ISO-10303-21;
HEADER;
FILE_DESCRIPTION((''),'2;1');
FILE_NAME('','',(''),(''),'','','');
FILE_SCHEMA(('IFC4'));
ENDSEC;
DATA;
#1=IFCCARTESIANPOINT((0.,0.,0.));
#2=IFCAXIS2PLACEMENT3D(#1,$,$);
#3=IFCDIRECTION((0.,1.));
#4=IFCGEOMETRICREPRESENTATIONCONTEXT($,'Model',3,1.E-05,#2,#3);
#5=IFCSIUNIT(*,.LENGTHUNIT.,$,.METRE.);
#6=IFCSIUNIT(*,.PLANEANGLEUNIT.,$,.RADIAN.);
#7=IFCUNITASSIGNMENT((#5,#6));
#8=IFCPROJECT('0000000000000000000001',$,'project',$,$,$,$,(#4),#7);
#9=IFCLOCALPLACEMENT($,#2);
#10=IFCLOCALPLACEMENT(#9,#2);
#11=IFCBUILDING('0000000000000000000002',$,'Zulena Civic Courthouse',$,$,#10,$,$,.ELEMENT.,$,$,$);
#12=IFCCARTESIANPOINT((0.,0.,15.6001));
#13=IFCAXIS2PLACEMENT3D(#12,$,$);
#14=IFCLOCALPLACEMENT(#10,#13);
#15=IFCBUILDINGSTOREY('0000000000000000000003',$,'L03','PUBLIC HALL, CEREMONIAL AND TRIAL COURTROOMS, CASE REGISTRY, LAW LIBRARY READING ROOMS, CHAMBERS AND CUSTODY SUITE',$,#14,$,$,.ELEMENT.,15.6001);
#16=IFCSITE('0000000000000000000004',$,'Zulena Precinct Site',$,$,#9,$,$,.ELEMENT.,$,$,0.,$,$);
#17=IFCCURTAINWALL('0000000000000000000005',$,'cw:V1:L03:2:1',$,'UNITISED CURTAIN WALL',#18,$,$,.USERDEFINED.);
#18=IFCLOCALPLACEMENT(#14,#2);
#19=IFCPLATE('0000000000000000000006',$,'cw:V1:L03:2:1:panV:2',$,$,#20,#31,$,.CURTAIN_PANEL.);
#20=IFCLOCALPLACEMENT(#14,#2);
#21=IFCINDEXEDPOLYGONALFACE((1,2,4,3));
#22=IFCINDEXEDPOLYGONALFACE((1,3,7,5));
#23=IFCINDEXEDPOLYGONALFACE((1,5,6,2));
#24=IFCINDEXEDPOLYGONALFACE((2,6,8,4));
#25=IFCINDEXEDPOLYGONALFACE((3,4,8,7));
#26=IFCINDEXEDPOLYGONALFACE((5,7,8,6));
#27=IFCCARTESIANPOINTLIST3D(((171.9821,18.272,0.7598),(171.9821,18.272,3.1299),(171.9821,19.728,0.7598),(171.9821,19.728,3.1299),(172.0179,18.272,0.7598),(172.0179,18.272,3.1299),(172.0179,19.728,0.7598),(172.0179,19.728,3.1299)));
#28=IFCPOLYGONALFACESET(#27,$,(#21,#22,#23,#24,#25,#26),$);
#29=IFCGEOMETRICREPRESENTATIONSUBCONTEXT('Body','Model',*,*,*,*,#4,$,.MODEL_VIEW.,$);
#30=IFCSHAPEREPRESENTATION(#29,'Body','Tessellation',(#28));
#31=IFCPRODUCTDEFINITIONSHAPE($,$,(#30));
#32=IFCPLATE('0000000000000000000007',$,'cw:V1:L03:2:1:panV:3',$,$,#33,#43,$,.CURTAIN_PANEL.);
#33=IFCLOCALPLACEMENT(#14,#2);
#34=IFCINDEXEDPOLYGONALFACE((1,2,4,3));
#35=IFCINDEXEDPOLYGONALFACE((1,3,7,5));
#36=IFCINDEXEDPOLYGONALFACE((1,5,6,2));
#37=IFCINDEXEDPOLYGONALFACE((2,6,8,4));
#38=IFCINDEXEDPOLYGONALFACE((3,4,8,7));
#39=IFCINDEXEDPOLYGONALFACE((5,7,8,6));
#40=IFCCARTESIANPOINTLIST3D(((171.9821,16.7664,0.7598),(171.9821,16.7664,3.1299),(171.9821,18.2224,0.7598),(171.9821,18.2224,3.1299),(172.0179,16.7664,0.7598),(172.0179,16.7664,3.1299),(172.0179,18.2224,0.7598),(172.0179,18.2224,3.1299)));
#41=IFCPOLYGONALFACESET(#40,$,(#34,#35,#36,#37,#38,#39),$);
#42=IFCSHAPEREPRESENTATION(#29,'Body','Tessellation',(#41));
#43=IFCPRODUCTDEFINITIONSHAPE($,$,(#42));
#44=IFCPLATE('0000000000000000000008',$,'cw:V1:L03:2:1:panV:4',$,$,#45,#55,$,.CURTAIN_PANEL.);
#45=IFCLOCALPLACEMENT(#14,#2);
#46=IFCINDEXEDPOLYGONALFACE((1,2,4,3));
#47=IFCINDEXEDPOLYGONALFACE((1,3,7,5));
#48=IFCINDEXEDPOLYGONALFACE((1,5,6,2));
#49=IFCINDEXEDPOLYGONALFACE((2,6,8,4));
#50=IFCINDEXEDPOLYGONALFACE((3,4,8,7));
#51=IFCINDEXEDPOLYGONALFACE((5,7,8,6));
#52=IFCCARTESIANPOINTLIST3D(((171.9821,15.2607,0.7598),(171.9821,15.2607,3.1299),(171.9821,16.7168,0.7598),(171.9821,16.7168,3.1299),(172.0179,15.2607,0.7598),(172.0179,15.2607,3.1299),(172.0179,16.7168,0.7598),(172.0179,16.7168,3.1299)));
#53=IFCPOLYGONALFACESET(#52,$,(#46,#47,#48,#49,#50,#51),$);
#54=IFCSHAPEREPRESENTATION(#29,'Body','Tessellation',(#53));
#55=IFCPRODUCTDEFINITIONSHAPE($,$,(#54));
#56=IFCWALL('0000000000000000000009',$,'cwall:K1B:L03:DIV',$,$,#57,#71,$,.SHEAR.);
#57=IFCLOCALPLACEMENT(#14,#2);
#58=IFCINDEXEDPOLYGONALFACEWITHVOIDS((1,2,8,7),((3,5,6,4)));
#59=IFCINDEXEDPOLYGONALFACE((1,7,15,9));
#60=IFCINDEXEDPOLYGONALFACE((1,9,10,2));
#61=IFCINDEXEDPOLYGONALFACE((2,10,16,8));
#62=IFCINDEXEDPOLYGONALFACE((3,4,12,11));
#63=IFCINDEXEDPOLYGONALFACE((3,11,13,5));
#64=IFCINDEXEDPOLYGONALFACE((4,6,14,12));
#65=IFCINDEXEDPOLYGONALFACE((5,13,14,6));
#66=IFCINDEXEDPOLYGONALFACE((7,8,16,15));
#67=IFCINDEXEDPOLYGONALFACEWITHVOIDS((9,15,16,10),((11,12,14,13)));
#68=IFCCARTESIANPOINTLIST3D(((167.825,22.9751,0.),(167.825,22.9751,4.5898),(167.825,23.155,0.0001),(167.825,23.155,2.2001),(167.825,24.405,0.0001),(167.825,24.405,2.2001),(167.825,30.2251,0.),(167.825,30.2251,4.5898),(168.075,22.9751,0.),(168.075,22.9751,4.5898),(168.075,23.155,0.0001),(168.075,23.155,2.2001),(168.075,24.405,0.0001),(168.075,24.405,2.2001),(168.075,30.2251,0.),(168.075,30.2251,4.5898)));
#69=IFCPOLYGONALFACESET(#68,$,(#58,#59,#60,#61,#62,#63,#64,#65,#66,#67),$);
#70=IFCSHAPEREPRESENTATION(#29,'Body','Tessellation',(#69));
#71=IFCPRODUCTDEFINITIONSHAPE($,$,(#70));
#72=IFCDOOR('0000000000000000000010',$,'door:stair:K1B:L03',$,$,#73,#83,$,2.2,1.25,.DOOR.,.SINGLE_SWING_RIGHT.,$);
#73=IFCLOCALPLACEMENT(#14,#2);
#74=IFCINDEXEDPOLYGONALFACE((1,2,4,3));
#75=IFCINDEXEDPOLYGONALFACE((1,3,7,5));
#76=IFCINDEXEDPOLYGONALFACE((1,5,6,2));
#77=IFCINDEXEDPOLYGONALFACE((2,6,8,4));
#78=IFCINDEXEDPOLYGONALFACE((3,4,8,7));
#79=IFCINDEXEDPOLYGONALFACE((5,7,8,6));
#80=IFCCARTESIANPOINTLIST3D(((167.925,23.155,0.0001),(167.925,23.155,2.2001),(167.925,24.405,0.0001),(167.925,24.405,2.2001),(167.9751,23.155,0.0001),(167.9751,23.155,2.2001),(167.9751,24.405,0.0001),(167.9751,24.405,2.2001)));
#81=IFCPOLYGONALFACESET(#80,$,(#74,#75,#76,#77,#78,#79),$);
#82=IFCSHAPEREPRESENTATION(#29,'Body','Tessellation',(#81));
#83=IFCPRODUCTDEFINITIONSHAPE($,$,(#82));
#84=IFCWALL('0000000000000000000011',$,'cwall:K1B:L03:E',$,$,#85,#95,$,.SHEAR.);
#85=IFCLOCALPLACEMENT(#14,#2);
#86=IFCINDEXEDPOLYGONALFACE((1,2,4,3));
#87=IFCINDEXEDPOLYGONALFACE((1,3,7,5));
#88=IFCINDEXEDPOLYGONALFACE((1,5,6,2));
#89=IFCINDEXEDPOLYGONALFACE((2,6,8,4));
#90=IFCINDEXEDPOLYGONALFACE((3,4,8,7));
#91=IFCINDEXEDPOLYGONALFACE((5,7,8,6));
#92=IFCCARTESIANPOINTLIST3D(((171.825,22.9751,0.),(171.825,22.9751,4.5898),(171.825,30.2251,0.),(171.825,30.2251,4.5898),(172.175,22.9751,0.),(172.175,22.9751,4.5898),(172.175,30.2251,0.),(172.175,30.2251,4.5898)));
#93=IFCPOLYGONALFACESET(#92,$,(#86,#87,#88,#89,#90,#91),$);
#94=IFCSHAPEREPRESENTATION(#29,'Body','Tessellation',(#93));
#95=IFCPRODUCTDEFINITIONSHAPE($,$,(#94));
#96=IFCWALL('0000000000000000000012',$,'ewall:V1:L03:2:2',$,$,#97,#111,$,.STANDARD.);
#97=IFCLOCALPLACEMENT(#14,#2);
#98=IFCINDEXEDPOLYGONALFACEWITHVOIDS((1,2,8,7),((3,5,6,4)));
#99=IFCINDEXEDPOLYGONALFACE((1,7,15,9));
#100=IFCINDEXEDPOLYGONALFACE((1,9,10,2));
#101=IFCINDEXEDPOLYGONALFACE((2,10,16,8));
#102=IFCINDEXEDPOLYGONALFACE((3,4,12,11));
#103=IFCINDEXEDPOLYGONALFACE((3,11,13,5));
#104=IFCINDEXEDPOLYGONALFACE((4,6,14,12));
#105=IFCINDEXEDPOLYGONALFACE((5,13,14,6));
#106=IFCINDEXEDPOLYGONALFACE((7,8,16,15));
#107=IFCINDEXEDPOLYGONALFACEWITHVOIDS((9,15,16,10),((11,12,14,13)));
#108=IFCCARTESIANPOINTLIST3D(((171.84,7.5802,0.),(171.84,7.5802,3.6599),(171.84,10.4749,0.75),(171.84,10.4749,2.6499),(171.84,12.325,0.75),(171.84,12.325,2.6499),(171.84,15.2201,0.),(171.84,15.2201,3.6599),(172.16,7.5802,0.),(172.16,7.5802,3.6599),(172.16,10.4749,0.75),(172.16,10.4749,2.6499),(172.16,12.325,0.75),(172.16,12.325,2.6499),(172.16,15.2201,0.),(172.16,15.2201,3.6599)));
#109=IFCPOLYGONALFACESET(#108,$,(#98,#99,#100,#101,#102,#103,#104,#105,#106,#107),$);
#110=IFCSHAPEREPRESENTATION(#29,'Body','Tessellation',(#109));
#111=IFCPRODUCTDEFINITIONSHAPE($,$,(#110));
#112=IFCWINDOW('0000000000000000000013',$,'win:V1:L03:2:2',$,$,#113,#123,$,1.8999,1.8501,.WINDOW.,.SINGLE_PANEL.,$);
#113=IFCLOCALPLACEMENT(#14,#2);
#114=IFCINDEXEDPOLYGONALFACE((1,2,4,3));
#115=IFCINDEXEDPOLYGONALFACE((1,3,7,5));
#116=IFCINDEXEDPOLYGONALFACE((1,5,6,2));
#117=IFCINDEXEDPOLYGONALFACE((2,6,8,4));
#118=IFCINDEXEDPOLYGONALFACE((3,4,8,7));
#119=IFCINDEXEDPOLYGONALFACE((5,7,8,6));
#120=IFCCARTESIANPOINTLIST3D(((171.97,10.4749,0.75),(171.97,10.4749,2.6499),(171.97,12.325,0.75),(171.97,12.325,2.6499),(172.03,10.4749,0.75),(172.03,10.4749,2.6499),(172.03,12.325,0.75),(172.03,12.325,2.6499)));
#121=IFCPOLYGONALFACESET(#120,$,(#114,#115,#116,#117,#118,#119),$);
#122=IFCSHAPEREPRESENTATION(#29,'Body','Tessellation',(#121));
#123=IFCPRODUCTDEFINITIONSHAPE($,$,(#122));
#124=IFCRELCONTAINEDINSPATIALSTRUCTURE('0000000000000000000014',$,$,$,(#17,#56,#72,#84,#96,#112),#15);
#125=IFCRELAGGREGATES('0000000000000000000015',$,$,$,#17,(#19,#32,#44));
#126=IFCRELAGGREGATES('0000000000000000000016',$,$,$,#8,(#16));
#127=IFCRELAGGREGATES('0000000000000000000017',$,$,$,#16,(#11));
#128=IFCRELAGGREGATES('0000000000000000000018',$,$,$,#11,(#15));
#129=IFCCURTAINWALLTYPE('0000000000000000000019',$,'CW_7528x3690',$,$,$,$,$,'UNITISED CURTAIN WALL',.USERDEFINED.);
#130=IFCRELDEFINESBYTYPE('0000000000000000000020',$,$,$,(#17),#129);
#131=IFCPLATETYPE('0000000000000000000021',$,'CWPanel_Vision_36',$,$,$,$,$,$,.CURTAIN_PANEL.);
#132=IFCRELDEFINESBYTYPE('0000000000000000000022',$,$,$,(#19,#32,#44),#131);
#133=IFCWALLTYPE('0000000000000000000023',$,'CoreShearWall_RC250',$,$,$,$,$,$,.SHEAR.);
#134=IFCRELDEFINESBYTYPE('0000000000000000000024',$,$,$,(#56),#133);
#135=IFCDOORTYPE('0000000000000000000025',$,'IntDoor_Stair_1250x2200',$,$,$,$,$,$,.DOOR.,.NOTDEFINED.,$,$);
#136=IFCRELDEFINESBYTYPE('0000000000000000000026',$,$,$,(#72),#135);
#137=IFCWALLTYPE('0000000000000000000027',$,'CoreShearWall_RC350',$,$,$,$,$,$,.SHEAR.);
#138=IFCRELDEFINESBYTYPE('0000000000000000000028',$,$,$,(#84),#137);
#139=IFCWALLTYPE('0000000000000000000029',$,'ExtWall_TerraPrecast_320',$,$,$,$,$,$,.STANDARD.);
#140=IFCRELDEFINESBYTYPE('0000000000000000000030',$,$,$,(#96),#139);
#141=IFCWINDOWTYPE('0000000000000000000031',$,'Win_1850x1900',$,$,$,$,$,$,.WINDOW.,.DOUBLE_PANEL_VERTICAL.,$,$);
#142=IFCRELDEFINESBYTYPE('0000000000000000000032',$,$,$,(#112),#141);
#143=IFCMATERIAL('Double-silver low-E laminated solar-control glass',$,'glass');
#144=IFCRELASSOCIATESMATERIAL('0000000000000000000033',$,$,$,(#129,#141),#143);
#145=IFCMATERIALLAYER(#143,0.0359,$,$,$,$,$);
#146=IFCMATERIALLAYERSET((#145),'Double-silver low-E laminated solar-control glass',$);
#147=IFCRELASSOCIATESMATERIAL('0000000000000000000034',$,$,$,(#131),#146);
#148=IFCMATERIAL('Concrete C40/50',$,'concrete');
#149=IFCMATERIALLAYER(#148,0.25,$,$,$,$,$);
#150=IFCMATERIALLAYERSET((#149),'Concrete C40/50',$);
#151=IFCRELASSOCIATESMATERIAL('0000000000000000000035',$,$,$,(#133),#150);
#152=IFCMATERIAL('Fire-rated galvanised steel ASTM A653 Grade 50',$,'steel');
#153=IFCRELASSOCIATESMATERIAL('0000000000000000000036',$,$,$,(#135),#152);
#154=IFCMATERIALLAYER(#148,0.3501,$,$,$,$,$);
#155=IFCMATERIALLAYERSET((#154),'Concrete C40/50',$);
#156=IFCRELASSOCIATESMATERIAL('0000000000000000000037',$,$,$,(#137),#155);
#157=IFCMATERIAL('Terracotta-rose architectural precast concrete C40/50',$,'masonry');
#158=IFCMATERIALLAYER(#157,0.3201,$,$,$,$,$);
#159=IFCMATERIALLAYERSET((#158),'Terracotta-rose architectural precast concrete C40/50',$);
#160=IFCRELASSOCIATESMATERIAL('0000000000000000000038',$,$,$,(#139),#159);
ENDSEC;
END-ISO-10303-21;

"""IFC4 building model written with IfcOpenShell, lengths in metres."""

from ifc_helpers import new_model, si_unit, direction, frame, frame_2d, origin, origin_2d, place, context, subcontext, project, spatial, rectangle, extrude, material, layer, layer_set, type_object, element, fill, aggregate, save


model = new_model("IFC4")

# Units and contexts
model_context = context("Model", 3, precision=1e-05, world=origin(), true_north=direction((0.0, 1.0)))
body_context = subcontext(model_context, "Body", "Model", "MODEL_VIEW")
ifc_project = project(units=[si_unit("LENGTHUNIT", "METRE"), si_unit("PLANEANGLEUNIT", "RADIAN")], contexts=[model_context])

# Site, building, storey
site_placement = place(None, origin())
site = spatial("IfcSite", under=ifc_project, at=site_placement, Name="Zulena Precinct Site", CompositionType="ELEMENT", RefElevation=0.0)
building_placement = place(site_placement, origin())
building = spatial("IfcBuilding", under=site, at=building_placement, Name="Zulena Civic Courthouse", CompositionType="ELEMENT")
storey_placement = place(building_placement, frame((0.0, 0.0, 15.6001)))
storey = spatial("IfcBuildingStorey", under=building, at=storey_placement, Name="L03", Description="PUBLIC HALL, CEREMONIAL AND TRIAL COURTROOMS, CASE REGISTRY, LAW LIBRARY READING ROOMS, CHAMBERS AND CUSTODY SUITE", CompositionType="ELEMENT", Elevation=15.6001)

# Curtain wall
ifc_material_1 = material(Name="Double-silver low-E laminated solar-control glass", Category="glass")
curtain_wall_type = type_object("IfcCurtainWallType", Name="CW_7528x3690", ElementType="UNITISED CURTAIN WALL", PredefinedType="USERDEFINED", material=ifc_material_1)
curtain_wall_placement = place(storey_placement, origin())
curtain_wall = element("IfcCurtainWall", 1, at=curtain_wall_placement, inside=storey, type_object=curtain_wall_type, Name="cw:V1:L03:2:1", ObjectType="UNITISED CURTAIN WALL", PredefinedType="USERDEFINED")

# Plates
ifc_layer_1 = layer(ifc_material_1, 0.0359)
ifc_layer_set_1 = layer_set([ifc_layer_1], Name="Double-silver low-E laminated solar-control glass")
plate_type_1 = type_object("IfcPlateType", Name="CWPanel_Vision_36", PredefinedType="CURTAIN_PANEL", material=ifc_layer_set_1)
plate_1_placement = place(storey_placement, frame((172.0, 19.0, 0.7598), z_axis=(0.0, 0.0, 1.0), x_axis=(0.0, -1.0, 0.0)))
plate_1 = element("IfcPlate", 2, at=plate_1_placement, type_object=plate_type_1, Name="cw:V1:L03:2:1:panV:2", PredefinedType="CURTAIN_PANEL", context=body_context, shape_type="SweptSolid", body=[
    extrude(rectangle(XDim=1.4561, YDim=0.0359, at=origin_2d()), origin(), (0.0, 0.0, 1.0), 2.3701),
])
plate_2_placement = place(storey_placement, frame((172.0, 17.4944, 0.7598), z_axis=(0.0, 0.0, 1.0), x_axis=(0.0, -1.0, 0.0)))
plate_2 = element("IfcPlate", 3, at=plate_2_placement, type_object=plate_type_1, Name="cw:V1:L03:2:1:panV:3", PredefinedType="CURTAIN_PANEL", context=body_context, shape_type="SweptSolid", body=[
    extrude(rectangle(XDim=1.4561, YDim=0.0359, at=origin_2d()), origin(), (0.0, 0.0, 1.0), 2.3701),
])
plate_3_placement = place(storey_placement, frame((172.0, 15.9888, 0.7598), z_axis=(0.0, 0.0, 1.0), x_axis=(0.0, -1.0, 0.0)))
plate_3 = element("IfcPlate", 4, at=plate_3_placement, type_object=plate_type_1, Name="cw:V1:L03:2:1:panV:4", PredefinedType="CURTAIN_PANEL", context=body_context, shape_type="SweptSolid", body=[
    extrude(rectangle(XDim=1.4561, YDim=0.0359, at=origin_2d()), origin(), (0.0, 0.0, 1.0), 2.3701),
])
aggregate(curtain_wall, [plate_1, plate_2, plate_3])

# Wall, opening, door
ifc_material_2 = material(Name="Concrete C40/50", Category="concrete")
ifc_layer_2 = layer(ifc_material_2, 0.25)
ifc_layer_set_2 = layer_set([ifc_layer_2], Name="Concrete C40/50")
wall_type_1 = type_object("IfcWallType", Name="CoreShearWall_RC250", PredefinedType="SHEAR", material=ifc_layer_set_2)
wall_1_placement = place(storey_placement, frame((167.95, 22.9751, 0.0), z_axis=(0.0, 0.0, 1.0), x_axis=(0.0, 1.0, 0.0)))
wall_1 = element("IfcWall", 5, at=wall_1_placement, inside=storey, type_object=wall_type_1, Name="cwall:K1B:L03:DIV", PredefinedType="SHEAR", context=body_context, shape_type="SweptSolid", body=[
    extrude(rectangle(XDim=7.25, YDim=0.25, at=frame_2d((3.625, 0.0))), origin(), (0.0, 0.0, 1.0), 4.5898),
])
opening_1_placement = place(wall_1_placement, frame((0.1799, 0.0, 0.0)))
opening_1 = element("IfcOpeningElement", 6, at=opening_1_placement, cuts=wall_1, PredefinedType="OPENING", context=body_context, shape_type="SweptSolid", body=[
    extrude(rectangle(XDim=1.25, YDim=2.2, at=frame_2d((0.625, 1.1001))), frame((0.0, 0.135, 0.0), z_axis=(0.0, -1.0, 0.0), x_axis=(1.0, 0.0, 0.0)), (0.0, 0.0, 1.0), 0.27),
])
ifc_material_3 = material(Name="Fire-rated galvanised steel ASTM A653 Grade 50", Category="steel")
door_type = type_object("IfcDoorType", Name="IntDoor_Stair_1250x2200", OperationType="NOTDEFINED", PredefinedType="DOOR", material=ifc_material_3)
door_placement = place(opening_1_placement, origin())
door = element("IfcDoor", 7, at=door_placement, inside=storey, type_object=door_type, Name="door:stair:K1B:L03", OperationType="SINGLE_SWING_RIGHT", OverallHeight=2.2, OverallWidth=1.25, PredefinedType="DOOR", context=body_context, shape_type="SweptSolid", body=[
    extrude(rectangle(XDim=1.25, YDim=2.2, at=frame_2d((0.625, 1.1001))), frame((0.0, 0.0249, 0.0), z_axis=(0.0, -1.0, 0.0), x_axis=(1.0, 0.0, 0.0)), (0.0, 0.0, 1.0), 0.05),
])
fill(opening_1, door)

# Wall
ifc_layer_3 = layer(ifc_material_2, 0.3501)
ifc_layer_set_3 = layer_set([ifc_layer_3], Name="Concrete C40/50")
wall_type_2 = type_object("IfcWallType", Name="CoreShearWall_RC350", PredefinedType="SHEAR", material=ifc_layer_set_3)
wall_2_placement = place(storey_placement, frame((172.0, 22.9751, 0.0), z_axis=(0.0, 0.0, 1.0), x_axis=(0.0, 1.0, 0.0)))
element("IfcWall", 8, at=wall_2_placement, inside=storey, type_object=wall_type_2, Name="cwall:K1B:L03:E", PredefinedType="SHEAR", context=body_context, shape_type="SweptSolid", body=[
    extrude(rectangle(XDim=7.25, YDim=0.3501, at=frame_2d((3.625, 0.0))), origin(), (0.0, 0.0, 1.0), 4.5898),
])

# Wall, opening, window
ifc_material_4 = material(Name="Terracotta-rose architectural precast concrete C40/50", Category="masonry")
ifc_layer_4 = layer(ifc_material_4, 0.3201)
ifc_layer_set_4 = layer_set([ifc_layer_4], Name="Terracotta-rose architectural precast concrete C40/50")
wall_type_3 = type_object("IfcWallType", Name="ExtWall_TerraPrecast_320", PredefinedType="STANDARD", material=ifc_layer_set_4)
wall_3_placement = place(storey_placement, frame((172.0, 15.22, 0.0), z_axis=(0.0, 0.0, 1.0), x_axis=(0.0, -1.0, 0.0)))
wall_3 = element("IfcWall", 9, at=wall_3_placement, inside=storey, type_object=wall_type_3, Name="ewall:V1:L03:2:2", PredefinedType="STANDARD", context=body_context, shape_type="SweptSolid", body=[
    extrude(rectangle(XDim=7.6399, YDim=0.3201, at=frame_2d((3.8198, 0.0))), origin(), (0.0, 0.0, 1.0), 3.6599),
])
opening_2_placement = place(wall_3_placement, frame((2.895, 0.0, 0.75)))
opening_2 = element("IfcOpeningElement", 10, at=opening_2_placement, cuts=wall_3, PredefinedType="OPENING", context=body_context, shape_type="SweptSolid", body=[
    extrude(rectangle(XDim=1.8501, YDim=1.8999, at=frame_2d((0.925, 0.95))), frame((0.0, 0.1699, 0.0), z_axis=(0.0, -1.0, 0.0), x_axis=(1.0, 0.0, 0.0)), (0.0, 0.0, 1.0), 0.3401),
])
window_type = type_object("IfcWindowType", Name="Win_1850x1900", PartitioningType="DOUBLE_PANEL_VERTICAL", PredefinedType="WINDOW", material=ifc_material_1)
window_placement = place(opening_2_placement, origin())
window = element("IfcWindow", 11, at=window_placement, inside=storey, type_object=window_type, Name="win:V1:L03:2:2", OverallHeight=1.8999, OverallWidth=1.8501, PartitioningType="SINGLE_PANEL", PredefinedType="WINDOW", context=body_context, shape_type="SweptSolid", body=[
    extrude(rectangle(XDim=1.8501, YDim=1.8999, at=frame_2d((0.925, 0.95))), frame((0.0, 0.03, 0.0), z_axis=(0.0, -1.0, 0.0), x_axis=(1.0, 0.0, 0.0)), (0.0, 0.0, 1.0), 0.0601),
])
fill(opening_2, window)

save(model, "model.ifc")
